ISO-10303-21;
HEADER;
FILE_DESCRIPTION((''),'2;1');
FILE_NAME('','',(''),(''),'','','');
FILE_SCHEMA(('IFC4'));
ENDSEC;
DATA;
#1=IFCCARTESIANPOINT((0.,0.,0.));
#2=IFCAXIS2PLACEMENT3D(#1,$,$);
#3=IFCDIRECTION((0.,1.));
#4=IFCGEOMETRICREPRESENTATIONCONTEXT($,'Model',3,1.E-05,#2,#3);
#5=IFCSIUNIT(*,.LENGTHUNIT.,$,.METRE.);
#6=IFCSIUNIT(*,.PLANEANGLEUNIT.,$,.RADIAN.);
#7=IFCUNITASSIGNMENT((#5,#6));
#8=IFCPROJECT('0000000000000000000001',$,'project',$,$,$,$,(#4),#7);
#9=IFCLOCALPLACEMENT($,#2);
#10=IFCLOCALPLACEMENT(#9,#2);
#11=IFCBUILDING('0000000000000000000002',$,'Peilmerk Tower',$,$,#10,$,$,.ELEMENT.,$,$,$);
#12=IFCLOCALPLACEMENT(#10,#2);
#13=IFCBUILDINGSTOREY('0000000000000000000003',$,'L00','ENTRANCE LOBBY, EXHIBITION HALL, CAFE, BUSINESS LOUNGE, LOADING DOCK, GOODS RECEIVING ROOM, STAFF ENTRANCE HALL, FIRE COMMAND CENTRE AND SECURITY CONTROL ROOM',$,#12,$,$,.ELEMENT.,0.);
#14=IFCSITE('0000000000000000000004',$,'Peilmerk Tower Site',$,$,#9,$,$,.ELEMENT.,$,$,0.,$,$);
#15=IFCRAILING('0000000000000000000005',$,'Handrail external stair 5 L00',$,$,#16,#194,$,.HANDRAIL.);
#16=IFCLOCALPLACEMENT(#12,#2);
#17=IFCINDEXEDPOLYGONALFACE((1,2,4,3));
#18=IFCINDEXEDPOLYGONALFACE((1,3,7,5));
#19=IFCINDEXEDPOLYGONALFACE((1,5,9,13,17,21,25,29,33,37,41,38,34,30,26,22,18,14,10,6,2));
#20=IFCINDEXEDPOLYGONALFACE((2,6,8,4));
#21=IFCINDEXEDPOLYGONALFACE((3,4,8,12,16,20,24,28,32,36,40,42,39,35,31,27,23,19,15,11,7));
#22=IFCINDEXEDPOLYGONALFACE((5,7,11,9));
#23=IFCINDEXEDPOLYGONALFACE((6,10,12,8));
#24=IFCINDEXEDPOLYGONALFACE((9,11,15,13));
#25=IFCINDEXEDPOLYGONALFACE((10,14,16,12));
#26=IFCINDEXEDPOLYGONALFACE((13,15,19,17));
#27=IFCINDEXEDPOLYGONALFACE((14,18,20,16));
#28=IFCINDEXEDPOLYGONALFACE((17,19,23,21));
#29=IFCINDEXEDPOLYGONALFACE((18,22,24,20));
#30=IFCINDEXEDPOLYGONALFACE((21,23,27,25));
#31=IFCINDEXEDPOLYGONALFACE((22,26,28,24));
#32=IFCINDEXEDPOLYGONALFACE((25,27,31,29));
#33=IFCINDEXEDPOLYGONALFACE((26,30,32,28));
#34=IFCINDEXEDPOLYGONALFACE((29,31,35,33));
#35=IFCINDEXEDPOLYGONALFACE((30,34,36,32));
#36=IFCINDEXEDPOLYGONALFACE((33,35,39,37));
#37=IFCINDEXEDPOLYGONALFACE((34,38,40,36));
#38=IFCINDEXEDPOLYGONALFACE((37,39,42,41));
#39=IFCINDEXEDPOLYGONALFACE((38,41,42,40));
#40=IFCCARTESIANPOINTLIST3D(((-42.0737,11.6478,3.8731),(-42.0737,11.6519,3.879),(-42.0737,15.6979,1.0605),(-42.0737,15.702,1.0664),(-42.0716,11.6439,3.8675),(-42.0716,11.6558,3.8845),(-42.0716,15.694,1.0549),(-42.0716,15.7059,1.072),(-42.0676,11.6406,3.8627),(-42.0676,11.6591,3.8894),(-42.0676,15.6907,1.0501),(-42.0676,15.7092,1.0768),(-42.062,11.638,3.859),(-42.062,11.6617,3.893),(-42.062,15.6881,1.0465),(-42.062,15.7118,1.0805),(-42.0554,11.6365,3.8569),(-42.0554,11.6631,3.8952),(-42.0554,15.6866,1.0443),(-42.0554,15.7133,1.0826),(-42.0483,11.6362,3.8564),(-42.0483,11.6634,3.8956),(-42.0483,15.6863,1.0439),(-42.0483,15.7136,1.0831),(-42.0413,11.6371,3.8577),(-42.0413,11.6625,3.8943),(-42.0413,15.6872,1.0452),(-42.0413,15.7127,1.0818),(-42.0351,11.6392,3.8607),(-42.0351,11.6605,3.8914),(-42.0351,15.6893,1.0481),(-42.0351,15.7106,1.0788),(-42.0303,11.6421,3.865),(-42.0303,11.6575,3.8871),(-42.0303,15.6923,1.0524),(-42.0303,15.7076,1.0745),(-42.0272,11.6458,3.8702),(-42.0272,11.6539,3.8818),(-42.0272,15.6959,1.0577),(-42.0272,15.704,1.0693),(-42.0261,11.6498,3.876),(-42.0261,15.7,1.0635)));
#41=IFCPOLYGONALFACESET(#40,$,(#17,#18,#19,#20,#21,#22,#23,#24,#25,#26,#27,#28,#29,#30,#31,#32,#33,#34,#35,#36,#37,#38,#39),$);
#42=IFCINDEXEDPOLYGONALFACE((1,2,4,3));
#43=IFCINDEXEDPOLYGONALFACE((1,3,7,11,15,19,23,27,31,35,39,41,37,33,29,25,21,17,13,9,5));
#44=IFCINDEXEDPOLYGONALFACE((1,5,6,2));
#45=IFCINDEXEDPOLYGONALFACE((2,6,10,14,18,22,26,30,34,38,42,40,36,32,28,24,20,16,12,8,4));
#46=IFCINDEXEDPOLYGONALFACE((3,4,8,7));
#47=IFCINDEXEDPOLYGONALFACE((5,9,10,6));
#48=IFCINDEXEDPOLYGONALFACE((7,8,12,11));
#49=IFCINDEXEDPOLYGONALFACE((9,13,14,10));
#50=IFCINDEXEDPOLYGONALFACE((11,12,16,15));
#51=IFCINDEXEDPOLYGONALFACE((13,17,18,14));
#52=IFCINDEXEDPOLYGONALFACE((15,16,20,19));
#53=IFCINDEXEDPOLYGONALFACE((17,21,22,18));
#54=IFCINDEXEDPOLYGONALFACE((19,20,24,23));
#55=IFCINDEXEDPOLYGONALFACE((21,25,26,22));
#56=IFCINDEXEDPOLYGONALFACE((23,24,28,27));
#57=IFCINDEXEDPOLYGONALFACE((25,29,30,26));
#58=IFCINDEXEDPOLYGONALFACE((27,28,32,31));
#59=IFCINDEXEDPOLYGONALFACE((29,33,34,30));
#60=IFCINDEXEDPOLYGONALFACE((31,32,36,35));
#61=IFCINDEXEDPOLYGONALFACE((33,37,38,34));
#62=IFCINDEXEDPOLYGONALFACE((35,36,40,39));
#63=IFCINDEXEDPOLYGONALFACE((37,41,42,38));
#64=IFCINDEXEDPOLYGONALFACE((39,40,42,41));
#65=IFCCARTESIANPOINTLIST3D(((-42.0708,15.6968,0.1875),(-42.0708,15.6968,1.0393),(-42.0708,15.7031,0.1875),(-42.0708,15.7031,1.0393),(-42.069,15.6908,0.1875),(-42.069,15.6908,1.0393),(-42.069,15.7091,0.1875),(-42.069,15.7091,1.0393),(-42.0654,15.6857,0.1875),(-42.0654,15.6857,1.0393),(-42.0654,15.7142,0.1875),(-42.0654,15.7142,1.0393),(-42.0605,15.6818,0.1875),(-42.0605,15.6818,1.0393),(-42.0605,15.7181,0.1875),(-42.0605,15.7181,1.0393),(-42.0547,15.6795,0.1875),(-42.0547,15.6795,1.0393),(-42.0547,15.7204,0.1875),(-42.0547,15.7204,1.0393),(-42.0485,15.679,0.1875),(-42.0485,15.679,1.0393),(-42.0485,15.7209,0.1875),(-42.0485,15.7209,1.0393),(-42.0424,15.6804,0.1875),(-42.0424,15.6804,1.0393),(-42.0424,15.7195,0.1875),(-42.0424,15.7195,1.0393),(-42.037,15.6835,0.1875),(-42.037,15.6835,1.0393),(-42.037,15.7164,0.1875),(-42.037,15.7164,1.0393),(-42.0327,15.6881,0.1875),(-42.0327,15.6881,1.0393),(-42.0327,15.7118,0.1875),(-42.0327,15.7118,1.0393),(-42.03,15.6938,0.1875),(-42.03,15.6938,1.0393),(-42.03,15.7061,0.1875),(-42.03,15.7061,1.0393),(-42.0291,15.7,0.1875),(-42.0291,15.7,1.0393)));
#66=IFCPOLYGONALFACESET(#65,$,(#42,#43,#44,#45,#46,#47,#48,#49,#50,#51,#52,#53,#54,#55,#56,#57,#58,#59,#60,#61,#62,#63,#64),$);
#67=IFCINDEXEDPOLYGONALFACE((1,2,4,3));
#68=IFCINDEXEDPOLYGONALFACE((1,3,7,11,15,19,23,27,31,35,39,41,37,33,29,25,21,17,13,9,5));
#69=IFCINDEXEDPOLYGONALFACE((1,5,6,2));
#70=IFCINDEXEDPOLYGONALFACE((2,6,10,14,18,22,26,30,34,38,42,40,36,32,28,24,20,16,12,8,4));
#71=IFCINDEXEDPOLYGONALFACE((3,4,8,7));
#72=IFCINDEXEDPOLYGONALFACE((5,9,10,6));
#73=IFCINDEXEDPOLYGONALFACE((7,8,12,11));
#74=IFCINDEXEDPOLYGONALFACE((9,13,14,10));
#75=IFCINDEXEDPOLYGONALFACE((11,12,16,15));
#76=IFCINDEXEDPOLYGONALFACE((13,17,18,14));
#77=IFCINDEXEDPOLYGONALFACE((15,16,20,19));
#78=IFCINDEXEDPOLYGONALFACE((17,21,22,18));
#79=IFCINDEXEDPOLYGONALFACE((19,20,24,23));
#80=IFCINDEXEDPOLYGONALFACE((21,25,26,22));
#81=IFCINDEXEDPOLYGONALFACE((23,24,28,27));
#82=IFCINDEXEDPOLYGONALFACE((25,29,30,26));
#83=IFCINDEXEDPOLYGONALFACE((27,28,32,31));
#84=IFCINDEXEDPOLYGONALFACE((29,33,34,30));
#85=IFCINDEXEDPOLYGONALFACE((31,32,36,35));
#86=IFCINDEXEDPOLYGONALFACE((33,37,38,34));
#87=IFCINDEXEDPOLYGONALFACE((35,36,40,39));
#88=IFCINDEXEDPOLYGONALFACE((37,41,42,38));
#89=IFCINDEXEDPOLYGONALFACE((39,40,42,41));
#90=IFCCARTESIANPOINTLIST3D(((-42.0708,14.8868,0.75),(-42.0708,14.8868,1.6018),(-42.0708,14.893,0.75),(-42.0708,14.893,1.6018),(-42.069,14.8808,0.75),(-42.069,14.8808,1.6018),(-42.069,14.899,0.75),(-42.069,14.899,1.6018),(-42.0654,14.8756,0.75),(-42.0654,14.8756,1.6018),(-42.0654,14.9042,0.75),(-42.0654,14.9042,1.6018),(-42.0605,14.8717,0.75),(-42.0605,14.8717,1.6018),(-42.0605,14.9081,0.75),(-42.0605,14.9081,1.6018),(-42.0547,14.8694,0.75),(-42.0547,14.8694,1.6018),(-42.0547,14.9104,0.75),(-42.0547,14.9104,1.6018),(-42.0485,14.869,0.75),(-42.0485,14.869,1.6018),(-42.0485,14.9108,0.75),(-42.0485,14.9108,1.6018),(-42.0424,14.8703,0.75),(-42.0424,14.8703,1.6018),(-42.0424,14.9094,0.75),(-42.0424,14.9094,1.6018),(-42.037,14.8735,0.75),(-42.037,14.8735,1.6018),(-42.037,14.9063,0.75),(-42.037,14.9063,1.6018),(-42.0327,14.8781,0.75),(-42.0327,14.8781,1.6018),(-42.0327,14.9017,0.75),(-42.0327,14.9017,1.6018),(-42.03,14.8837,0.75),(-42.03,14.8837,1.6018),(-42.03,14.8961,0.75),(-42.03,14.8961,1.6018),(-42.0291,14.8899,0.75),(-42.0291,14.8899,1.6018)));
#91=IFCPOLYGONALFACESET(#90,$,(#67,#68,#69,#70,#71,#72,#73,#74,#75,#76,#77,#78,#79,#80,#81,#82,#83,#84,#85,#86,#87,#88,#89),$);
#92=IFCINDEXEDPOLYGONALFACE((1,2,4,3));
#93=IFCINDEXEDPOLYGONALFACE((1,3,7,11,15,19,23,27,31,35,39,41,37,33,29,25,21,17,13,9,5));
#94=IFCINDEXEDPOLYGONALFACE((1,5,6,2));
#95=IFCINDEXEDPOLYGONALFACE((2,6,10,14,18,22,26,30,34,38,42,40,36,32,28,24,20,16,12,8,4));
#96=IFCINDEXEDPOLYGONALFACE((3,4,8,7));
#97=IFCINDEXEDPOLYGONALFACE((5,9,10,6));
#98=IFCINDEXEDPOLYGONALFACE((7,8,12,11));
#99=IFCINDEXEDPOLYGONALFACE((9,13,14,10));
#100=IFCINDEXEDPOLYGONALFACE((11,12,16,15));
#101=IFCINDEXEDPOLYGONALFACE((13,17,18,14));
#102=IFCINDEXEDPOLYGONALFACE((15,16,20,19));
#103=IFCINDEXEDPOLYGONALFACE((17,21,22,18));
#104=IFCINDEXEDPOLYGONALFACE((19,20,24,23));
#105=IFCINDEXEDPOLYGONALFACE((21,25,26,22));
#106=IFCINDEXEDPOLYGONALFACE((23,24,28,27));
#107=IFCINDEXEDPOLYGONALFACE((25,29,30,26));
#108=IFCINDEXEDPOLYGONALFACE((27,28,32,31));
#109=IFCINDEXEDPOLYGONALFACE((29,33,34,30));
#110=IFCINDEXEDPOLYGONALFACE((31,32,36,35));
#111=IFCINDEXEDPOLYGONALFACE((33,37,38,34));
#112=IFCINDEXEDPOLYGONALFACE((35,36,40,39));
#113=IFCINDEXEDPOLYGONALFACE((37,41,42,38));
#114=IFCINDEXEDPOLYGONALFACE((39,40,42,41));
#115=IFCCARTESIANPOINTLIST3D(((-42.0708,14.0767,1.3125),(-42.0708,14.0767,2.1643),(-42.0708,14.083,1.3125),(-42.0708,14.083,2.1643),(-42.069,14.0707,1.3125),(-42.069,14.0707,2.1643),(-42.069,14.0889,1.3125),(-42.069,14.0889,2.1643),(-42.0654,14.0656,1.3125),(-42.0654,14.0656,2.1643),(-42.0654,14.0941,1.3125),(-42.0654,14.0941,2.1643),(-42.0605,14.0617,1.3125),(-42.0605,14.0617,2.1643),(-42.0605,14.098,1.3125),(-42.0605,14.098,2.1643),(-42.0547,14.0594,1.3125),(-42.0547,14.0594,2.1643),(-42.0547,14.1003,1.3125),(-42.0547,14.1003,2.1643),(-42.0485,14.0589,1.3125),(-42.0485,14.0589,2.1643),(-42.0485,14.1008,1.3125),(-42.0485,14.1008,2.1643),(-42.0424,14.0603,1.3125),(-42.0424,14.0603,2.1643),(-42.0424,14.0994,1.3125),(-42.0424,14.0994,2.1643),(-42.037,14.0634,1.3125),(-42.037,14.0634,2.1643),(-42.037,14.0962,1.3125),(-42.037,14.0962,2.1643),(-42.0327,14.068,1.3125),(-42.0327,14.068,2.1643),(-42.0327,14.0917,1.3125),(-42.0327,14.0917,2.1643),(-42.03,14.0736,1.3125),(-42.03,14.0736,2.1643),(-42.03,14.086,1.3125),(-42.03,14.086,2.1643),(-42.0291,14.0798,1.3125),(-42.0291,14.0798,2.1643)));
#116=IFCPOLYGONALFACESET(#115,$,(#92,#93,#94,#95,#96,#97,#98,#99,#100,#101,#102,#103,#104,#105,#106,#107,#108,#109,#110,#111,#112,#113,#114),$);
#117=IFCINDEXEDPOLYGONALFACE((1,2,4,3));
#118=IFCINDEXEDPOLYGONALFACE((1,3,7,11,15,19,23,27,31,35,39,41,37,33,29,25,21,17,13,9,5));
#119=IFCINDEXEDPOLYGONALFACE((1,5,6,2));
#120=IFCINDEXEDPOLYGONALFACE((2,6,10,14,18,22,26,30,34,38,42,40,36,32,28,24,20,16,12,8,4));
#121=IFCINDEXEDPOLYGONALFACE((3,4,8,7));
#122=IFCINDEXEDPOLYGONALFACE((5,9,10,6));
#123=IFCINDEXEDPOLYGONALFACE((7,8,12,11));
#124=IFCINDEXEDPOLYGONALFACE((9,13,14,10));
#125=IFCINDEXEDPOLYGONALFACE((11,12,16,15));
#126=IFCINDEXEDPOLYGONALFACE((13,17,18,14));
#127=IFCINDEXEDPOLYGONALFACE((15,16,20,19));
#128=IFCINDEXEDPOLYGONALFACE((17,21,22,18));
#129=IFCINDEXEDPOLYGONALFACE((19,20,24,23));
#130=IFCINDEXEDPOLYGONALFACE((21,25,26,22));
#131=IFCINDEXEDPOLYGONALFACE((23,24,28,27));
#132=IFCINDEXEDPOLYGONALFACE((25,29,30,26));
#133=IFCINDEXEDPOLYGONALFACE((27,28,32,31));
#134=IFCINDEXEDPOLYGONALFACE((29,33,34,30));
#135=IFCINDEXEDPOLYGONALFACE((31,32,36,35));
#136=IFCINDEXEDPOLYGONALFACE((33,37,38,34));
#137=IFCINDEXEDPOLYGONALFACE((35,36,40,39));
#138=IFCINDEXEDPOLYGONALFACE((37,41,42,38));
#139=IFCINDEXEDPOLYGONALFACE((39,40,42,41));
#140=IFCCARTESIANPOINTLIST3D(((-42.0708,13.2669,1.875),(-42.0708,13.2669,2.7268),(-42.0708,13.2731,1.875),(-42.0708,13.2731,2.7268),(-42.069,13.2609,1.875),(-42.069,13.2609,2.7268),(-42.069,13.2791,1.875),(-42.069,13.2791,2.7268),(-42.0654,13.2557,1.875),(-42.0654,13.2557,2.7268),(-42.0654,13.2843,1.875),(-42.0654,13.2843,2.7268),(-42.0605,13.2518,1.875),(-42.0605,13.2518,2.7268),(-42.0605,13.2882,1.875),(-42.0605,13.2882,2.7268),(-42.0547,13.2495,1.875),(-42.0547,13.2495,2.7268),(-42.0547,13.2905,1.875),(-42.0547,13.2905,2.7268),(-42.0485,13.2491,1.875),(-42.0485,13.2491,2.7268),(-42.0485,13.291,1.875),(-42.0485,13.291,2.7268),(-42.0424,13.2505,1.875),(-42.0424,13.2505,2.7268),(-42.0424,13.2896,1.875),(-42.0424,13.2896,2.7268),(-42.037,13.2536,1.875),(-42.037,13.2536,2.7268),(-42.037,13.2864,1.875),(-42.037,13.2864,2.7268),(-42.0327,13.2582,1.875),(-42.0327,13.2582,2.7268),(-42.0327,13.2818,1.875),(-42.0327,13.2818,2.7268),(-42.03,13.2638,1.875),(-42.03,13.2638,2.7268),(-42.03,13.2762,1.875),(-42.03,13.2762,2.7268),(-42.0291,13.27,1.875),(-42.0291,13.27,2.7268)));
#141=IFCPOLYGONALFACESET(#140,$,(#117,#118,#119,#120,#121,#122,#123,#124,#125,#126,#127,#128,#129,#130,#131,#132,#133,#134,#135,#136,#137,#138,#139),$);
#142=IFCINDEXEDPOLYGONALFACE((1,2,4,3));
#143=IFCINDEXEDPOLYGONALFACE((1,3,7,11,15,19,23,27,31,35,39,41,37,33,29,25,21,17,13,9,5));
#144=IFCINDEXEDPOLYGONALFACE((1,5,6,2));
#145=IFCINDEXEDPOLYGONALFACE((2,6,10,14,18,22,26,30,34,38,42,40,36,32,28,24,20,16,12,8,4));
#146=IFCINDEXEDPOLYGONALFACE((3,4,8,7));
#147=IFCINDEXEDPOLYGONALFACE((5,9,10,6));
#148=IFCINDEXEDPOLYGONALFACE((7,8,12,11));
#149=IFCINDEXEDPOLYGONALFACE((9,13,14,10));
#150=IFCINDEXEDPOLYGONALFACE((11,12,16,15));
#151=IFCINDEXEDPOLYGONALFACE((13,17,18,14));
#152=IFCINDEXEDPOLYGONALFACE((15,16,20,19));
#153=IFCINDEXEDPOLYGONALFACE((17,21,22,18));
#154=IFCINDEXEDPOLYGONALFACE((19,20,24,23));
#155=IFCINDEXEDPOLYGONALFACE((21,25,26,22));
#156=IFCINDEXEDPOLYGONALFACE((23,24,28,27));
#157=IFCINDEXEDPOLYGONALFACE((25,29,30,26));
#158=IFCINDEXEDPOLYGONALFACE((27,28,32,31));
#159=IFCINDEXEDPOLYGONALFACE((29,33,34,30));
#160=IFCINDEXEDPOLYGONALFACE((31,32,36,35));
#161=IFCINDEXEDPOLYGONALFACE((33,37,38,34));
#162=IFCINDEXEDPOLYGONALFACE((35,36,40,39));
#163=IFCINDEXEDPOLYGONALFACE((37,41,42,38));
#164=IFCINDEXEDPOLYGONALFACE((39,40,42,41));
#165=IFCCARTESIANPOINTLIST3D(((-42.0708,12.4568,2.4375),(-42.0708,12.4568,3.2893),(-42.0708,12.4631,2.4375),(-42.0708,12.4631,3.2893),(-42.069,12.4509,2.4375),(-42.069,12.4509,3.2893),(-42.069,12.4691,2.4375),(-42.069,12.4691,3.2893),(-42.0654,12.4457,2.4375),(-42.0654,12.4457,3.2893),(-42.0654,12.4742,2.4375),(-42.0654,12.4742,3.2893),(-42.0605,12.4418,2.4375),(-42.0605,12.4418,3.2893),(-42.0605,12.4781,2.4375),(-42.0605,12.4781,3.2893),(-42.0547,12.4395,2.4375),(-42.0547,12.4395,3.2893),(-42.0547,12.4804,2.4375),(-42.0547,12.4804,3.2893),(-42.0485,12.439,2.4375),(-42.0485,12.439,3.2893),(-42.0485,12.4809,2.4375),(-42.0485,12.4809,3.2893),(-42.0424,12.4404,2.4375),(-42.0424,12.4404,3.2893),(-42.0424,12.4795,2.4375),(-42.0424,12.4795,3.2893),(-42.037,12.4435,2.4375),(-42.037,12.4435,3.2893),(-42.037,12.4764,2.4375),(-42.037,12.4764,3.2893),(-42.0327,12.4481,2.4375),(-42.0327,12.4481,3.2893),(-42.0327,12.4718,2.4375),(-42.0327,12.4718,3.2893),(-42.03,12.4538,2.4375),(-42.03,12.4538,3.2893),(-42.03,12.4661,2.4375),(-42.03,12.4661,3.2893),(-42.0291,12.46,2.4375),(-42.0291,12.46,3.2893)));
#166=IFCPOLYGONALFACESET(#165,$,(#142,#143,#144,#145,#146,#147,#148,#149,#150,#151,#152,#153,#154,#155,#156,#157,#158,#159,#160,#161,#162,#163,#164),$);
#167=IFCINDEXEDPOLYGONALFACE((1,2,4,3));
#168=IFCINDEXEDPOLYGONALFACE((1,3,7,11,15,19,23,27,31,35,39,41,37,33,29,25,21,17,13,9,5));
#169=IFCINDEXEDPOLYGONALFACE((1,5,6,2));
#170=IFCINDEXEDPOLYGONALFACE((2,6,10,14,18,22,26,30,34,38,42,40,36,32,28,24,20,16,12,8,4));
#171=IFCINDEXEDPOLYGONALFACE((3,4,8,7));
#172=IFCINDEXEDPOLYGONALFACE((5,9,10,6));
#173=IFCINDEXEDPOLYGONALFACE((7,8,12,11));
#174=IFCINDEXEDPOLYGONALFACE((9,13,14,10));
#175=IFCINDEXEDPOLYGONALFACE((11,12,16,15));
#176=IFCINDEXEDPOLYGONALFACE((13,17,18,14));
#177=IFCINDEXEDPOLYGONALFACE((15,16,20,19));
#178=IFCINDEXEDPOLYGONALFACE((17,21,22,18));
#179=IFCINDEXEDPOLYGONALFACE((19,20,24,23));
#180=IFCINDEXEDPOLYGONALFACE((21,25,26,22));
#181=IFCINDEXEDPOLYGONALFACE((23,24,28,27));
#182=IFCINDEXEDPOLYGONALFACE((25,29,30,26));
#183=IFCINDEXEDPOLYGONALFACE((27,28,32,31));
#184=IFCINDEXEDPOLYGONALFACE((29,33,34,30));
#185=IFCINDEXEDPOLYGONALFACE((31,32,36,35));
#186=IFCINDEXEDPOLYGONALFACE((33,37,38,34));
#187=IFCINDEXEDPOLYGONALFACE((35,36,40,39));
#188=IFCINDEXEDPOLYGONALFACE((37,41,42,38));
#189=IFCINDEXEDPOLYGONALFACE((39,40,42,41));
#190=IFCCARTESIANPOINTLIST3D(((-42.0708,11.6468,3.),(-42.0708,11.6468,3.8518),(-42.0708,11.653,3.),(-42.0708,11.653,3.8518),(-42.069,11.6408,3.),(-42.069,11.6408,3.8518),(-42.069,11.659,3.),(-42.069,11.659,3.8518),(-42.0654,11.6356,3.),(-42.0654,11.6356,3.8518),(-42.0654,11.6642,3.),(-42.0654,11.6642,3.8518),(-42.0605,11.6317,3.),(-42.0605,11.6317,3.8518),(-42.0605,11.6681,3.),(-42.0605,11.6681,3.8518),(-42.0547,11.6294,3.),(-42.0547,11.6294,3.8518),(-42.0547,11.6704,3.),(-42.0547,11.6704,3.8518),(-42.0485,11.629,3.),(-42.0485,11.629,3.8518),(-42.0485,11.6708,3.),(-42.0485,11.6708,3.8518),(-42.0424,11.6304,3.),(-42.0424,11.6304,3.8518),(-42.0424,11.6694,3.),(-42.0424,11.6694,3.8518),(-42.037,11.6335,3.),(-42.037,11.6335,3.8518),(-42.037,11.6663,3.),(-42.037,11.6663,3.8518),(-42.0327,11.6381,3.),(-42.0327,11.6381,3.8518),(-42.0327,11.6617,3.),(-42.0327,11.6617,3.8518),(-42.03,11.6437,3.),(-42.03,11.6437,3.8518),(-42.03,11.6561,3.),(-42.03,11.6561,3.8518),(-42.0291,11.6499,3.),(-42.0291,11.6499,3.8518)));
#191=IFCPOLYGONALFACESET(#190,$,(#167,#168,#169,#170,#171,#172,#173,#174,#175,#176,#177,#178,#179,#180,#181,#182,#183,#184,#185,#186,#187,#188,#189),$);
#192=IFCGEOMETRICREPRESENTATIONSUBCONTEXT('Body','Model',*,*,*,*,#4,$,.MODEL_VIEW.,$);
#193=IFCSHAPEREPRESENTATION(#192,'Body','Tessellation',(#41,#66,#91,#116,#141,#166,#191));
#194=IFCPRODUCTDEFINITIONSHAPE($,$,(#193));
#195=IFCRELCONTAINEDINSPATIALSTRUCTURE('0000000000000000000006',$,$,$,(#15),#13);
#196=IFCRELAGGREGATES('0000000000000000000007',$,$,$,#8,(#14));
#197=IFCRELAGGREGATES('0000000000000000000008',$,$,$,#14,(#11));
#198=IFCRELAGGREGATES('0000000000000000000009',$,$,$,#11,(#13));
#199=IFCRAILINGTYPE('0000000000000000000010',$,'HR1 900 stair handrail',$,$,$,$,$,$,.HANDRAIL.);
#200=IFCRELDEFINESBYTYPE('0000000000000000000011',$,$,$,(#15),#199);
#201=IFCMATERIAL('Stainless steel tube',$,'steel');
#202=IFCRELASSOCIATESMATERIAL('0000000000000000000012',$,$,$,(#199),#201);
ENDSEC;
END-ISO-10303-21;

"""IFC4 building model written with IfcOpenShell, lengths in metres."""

from ifc_helpers import new_model, si_unit, direction, frame, origin, origin_2d, place, context, subcontext, project, spatial, circle, extrude, material, type_object, element, save


model = new_model("IFC4")

# Units and contexts
model_context = context("Model", 3, precision=1e-05, world=origin(), true_north=direction((0.0, 1.0)))
body_context = subcontext(model_context, "Body", "Model", "MODEL_VIEW")
ifc_project = project(units=[si_unit("LENGTHUNIT", "METRE"), si_unit("PLANEANGLEUNIT", "RADIAN")], contexts=[model_context])

# Site, building, storey
site_placement = place(None, origin())
site = spatial("IfcSite", under=ifc_project, at=site_placement, Name="Peilmerk Tower Site", CompositionType="ELEMENT", RefElevation=0.0)
building_placement = place(site_placement, origin())
building = spatial("IfcBuilding", under=site, at=building_placement, Name="Peilmerk Tower", CompositionType="ELEMENT")
storey_placement = place(building_placement, origin())
storey = spatial("IfcBuildingStorey", under=building, at=storey_placement, Name="L00", Description="ENTRANCE LOBBY, EXHIBITION HALL, CAFE, BUSINESS LOUNGE, LOADING DOCK, GOODS RECEIVING ROOM, STAFF ENTRANCE HALL, FIRE COMMAND CENTRE AND SECURITY CONTROL ROOM", CompositionType="ELEMENT", Elevation=0.0)

# Railing
ifc_material_1 = material(Name="Stainless steel tube", Category="steel")
railing_type_1 = type_object("IfcRailingType", Name="HR1 900 stair handrail", PredefinedType="HANDRAIL", material=ifc_material_1)
for number, where, name in (
    (1, (-42.05, 15.7, 0.1875), "Handrail external stair 5 L00"),
):
    element("IfcRailing", number, at=place(storey_placement, frame(where)), inside=storey, type_object=railing_type_1, Name=name, PredefinedType="HANDRAIL", context=body_context, shape_type="SweptSolid", body=[
        extrude(circle(Radius=0.0239, at=origin_2d()), frame((0.0, 0.0, 0.876), z_axis=(0.0, -0.821373, 0.570391), x_axis=(1.0, 0.0, 0.0)), (0.0, 0.0, 1.0), 4.9309),
        extrude(circle(Radius=0.021, at=origin_2d()), origin(), (0.0, 0.0, 1.0), 0.8518),
        extrude(circle(Radius=0.021, at=origin_2d()), frame((0.0, -0.8101, 0.5625)), (0.0, 0.0, 1.0), 0.8518),
        extrude(circle(Radius=0.021, at=origin_2d()), frame((0.0, -1.6201, 1.125)), (0.0, 0.0, 1.0), 0.8518),
        extrude(circle(Radius=0.021, at=origin_2d()), frame((0.0, -2.4299, 1.6875)), (0.0, 0.0, 1.0), 0.8518),
        extrude(circle(Radius=0.021, at=origin_2d()), frame((0.0, -3.24, 2.25)), (0.0, 0.0, 1.0), 0.8518),
        extrude(circle(Radius=0.021, at=origin_2d()), frame((0.0, -4.05, 2.8125)), (0.0, 0.0, 1.0), 0.8518),
    ])

save(model, "model.ifc")
